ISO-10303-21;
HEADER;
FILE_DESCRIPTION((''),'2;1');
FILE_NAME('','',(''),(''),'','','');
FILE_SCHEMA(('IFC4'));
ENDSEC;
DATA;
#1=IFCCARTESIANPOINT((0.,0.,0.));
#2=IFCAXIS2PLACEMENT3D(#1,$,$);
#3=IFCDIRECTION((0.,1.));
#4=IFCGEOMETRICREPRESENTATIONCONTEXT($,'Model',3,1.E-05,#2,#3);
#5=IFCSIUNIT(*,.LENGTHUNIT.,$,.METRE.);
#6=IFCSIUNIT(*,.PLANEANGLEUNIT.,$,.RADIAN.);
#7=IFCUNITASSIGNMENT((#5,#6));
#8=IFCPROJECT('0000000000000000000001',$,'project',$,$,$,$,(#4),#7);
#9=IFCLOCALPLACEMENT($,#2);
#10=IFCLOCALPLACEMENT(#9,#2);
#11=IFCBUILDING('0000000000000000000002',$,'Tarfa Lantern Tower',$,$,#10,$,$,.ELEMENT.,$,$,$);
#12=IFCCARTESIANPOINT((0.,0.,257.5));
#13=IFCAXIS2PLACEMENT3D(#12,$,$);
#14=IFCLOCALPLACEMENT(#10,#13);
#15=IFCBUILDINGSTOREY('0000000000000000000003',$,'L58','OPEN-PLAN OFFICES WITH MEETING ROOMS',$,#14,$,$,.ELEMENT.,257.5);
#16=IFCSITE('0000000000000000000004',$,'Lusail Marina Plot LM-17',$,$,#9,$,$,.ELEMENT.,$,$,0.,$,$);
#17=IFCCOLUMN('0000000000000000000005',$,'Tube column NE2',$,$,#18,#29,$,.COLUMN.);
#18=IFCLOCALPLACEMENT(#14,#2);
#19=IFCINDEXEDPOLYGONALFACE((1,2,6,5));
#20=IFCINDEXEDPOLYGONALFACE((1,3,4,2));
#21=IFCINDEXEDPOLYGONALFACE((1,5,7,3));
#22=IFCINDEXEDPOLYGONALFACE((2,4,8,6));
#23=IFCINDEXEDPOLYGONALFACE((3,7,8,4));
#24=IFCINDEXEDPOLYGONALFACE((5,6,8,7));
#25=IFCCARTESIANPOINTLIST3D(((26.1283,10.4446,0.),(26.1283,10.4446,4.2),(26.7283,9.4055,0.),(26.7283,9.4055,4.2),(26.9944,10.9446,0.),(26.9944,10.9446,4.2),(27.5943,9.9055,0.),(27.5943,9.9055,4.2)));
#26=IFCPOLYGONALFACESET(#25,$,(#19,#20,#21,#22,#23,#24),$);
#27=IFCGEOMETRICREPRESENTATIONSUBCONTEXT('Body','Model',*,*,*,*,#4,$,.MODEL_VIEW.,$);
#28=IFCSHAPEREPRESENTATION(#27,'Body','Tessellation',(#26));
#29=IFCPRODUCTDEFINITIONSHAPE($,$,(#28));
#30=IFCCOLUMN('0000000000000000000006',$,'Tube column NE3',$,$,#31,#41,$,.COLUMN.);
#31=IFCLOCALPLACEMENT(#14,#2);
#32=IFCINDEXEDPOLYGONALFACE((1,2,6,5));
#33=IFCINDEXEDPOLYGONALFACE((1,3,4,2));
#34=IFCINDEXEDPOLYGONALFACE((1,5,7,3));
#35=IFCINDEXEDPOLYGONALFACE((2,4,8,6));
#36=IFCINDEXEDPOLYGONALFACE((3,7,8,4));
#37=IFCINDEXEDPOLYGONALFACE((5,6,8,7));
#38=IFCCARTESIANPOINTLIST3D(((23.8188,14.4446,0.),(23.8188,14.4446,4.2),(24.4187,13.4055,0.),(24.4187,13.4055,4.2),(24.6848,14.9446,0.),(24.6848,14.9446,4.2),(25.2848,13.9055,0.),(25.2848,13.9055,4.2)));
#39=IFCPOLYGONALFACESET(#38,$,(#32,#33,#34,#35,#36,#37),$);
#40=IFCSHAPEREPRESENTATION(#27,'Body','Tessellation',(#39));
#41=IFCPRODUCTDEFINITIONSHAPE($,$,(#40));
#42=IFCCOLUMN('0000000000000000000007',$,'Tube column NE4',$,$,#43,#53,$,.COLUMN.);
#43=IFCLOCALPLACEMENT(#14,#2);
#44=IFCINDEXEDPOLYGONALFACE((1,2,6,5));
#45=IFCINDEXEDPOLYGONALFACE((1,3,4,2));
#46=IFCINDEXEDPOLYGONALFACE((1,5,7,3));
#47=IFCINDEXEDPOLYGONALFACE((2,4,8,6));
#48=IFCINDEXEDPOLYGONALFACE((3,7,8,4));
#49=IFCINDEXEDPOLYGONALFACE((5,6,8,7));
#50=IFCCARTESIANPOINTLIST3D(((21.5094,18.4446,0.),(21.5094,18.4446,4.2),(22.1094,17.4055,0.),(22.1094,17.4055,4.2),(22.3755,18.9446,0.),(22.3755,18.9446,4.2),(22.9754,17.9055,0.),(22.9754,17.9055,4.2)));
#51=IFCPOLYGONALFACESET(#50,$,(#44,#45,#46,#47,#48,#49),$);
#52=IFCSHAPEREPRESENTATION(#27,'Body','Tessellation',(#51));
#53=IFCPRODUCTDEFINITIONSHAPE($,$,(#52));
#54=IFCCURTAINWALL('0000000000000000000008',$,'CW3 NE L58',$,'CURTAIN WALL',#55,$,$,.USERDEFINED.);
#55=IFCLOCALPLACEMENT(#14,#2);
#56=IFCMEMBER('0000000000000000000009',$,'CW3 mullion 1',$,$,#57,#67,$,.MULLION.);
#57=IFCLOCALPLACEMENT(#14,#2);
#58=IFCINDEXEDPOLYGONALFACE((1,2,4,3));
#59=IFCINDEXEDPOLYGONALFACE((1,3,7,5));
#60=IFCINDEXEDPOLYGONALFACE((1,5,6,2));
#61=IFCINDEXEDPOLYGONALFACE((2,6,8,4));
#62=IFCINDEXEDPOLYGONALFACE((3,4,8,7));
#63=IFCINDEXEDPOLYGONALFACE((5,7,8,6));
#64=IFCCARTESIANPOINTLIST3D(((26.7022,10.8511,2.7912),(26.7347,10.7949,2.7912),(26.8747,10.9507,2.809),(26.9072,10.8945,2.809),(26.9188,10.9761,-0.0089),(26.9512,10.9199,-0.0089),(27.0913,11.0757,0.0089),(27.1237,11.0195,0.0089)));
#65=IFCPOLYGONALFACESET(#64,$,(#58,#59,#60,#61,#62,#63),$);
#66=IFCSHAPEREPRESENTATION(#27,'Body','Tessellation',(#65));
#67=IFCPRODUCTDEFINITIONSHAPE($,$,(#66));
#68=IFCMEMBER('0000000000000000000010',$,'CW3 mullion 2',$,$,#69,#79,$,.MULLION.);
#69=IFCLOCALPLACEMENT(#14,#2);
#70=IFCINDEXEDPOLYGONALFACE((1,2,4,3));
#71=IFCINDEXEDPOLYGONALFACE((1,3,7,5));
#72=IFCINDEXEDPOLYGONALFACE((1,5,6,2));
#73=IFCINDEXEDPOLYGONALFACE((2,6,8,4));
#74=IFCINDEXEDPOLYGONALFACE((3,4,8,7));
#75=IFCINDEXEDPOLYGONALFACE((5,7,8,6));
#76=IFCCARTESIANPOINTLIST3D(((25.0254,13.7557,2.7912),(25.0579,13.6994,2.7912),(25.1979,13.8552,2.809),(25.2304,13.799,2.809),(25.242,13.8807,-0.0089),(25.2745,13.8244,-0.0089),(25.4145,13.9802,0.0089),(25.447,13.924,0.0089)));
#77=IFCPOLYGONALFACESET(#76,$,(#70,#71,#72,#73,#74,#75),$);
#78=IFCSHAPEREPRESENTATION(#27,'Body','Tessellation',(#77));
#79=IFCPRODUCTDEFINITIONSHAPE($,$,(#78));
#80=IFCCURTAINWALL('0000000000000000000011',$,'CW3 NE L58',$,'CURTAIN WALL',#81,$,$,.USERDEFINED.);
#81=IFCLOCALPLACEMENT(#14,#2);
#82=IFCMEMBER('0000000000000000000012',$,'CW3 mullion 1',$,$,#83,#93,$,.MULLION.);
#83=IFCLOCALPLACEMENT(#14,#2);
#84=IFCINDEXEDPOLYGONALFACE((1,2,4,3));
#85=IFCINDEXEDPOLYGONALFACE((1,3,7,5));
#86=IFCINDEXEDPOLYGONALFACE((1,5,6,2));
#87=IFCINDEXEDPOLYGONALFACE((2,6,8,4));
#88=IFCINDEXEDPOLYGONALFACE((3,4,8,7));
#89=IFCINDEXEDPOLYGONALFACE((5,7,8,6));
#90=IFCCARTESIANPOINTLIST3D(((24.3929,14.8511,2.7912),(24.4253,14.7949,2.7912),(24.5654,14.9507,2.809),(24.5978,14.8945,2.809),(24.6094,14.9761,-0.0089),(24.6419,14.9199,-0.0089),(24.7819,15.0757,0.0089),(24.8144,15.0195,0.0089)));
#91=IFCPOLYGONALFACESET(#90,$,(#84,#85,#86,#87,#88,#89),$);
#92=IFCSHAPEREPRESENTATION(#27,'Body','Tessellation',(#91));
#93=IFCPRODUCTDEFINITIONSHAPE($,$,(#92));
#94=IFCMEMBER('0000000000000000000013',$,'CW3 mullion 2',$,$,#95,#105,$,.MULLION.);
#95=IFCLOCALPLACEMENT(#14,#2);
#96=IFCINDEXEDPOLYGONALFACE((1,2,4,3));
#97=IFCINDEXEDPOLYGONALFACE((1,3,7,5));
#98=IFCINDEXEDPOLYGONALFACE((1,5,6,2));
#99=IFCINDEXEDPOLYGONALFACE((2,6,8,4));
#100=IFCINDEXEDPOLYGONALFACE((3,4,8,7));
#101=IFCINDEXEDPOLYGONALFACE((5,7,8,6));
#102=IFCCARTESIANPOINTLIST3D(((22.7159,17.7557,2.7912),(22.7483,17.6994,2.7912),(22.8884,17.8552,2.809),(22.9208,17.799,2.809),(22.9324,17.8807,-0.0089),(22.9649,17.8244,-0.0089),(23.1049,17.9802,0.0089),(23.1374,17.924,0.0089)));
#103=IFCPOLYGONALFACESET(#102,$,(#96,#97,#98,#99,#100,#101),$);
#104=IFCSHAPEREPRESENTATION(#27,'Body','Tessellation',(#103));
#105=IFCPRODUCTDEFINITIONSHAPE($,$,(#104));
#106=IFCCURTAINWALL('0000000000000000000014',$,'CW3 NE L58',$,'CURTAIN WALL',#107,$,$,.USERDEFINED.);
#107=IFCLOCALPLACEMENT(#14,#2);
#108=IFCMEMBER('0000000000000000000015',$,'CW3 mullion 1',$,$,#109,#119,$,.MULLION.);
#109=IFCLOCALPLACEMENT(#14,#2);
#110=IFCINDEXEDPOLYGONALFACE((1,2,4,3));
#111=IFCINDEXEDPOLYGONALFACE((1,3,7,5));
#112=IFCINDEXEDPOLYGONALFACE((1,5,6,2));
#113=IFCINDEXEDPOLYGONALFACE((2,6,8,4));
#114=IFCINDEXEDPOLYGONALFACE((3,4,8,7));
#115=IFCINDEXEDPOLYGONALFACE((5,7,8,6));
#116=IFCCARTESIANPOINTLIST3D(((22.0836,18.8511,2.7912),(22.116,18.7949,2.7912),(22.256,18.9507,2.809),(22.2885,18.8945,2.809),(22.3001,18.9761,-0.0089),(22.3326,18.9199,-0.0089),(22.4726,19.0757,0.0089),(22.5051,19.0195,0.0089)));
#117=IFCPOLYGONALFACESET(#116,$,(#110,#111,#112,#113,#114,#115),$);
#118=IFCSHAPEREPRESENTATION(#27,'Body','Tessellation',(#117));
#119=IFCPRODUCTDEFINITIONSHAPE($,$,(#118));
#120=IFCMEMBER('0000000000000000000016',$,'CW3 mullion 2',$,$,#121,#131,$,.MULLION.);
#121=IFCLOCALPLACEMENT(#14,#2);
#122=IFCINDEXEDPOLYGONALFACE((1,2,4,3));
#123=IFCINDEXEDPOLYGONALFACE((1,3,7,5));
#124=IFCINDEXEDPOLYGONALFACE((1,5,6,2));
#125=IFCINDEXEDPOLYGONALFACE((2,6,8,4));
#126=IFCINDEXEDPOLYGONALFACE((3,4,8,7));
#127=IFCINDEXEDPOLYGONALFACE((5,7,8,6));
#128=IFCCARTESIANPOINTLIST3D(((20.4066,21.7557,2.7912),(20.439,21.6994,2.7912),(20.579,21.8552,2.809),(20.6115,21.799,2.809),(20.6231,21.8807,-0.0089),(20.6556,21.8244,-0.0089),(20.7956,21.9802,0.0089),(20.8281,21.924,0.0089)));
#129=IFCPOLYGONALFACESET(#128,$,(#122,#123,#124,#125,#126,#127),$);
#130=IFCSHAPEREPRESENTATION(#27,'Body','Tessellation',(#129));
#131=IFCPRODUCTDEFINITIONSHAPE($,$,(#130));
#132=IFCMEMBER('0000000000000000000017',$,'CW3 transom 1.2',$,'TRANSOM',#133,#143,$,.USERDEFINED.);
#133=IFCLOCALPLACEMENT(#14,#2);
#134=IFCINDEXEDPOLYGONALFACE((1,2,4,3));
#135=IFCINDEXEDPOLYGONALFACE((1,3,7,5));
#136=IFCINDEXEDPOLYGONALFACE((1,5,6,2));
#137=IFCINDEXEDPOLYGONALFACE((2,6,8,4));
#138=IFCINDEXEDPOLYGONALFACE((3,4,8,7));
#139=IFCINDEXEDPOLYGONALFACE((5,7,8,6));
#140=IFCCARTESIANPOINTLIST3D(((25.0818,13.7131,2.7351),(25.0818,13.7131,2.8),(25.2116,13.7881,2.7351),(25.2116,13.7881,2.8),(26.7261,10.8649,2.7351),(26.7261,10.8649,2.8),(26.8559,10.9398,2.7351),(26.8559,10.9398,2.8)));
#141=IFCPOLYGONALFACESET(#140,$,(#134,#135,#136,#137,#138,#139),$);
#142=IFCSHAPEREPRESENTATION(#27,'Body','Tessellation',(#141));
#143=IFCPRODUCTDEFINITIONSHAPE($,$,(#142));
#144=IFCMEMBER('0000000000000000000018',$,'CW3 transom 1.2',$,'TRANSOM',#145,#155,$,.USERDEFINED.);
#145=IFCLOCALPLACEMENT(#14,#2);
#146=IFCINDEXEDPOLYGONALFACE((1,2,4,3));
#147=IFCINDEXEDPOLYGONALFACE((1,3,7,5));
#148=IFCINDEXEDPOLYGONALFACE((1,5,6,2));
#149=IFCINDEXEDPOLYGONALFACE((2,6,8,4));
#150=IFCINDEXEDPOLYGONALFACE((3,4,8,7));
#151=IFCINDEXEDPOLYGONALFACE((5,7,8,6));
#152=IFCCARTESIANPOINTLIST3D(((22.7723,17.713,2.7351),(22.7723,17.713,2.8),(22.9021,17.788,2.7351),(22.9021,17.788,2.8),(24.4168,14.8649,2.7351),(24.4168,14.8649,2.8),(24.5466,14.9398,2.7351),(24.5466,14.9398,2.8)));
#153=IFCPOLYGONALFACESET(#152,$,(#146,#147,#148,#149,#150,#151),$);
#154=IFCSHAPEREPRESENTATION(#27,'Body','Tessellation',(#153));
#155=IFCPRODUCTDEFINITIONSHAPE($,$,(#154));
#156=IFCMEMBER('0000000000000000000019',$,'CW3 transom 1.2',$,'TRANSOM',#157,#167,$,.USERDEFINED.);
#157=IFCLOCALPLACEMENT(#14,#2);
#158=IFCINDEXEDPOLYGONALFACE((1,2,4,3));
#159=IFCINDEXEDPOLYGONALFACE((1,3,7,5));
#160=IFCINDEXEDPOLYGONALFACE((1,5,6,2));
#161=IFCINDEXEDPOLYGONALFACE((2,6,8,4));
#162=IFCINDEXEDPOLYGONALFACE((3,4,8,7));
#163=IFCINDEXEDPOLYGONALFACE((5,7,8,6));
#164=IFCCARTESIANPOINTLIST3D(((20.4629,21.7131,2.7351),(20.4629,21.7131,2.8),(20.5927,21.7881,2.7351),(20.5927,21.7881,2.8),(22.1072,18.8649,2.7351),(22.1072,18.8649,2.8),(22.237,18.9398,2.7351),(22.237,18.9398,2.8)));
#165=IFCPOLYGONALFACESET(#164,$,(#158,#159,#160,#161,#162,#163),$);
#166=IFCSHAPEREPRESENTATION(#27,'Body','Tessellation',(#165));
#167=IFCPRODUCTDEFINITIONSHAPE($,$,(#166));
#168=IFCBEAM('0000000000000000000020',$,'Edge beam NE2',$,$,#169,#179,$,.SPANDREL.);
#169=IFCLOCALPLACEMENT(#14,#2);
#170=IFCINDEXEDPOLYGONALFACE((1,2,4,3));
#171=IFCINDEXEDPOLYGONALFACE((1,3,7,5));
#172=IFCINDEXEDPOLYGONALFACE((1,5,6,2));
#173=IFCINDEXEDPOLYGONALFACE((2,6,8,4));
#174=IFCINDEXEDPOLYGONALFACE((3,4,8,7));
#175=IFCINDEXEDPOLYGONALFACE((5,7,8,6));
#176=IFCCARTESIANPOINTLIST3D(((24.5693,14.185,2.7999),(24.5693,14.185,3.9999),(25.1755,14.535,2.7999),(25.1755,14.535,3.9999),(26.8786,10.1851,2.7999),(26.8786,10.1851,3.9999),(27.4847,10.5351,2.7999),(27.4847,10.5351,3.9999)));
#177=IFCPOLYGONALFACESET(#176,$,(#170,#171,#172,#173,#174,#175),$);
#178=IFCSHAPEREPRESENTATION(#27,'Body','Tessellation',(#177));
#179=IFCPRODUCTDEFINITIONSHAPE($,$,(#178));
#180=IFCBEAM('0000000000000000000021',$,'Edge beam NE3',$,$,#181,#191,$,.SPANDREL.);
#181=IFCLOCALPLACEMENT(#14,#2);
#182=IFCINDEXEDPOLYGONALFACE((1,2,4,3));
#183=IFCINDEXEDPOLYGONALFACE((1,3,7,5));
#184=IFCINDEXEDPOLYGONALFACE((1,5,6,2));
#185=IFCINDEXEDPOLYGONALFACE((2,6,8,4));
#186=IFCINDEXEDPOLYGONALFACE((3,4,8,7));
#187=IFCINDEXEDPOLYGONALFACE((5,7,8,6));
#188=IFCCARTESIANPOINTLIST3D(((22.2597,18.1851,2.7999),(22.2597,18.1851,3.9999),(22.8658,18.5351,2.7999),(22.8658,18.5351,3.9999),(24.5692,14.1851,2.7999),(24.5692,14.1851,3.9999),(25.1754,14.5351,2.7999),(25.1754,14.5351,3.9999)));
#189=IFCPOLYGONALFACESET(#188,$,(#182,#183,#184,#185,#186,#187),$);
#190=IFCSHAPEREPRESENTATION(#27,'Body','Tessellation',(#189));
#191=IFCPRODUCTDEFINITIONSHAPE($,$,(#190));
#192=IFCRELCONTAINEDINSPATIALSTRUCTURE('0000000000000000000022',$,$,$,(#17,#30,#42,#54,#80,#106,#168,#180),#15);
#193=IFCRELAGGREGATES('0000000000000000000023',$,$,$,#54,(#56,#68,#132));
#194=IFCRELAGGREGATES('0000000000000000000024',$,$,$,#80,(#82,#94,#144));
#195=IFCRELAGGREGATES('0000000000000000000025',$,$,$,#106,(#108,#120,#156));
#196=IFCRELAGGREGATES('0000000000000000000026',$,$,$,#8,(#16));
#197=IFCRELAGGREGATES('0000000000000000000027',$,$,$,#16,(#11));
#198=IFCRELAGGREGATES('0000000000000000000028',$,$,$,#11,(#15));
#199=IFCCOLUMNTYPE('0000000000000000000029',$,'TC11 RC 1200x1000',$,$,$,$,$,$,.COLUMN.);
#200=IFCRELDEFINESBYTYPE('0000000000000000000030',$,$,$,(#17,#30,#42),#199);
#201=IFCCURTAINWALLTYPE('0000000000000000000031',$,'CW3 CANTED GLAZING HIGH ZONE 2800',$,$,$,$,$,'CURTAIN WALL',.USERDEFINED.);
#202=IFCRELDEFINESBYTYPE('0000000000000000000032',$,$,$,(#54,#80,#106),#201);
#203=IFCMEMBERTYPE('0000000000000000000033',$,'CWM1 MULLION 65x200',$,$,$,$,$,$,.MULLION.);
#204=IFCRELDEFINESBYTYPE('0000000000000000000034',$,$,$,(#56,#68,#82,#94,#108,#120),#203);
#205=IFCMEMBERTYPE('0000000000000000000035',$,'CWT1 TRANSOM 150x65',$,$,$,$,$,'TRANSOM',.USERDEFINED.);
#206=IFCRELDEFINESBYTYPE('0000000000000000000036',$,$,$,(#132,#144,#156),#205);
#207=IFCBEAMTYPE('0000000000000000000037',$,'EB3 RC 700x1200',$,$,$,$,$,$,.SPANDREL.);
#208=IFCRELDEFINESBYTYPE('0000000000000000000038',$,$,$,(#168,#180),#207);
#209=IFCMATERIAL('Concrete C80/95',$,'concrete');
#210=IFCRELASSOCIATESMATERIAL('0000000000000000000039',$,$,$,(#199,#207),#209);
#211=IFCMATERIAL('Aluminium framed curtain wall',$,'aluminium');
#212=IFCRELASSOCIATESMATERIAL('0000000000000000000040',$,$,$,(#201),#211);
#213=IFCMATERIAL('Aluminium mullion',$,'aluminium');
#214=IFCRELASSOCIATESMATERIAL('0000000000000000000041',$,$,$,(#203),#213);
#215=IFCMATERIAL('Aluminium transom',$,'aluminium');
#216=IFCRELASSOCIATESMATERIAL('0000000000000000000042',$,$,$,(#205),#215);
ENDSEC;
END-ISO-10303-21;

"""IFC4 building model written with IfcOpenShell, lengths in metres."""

from ifc_helpers import new_model, si_unit, direction, frame, origin, origin_2d, place, context, subcontext, project, spatial, rectangle, extrude, material, material_profile, profile_set, type_object, element, aggregate, save


model = new_model("IFC4")

# Units and contexts
model_context = context("Model", 3, precision=1e-05, world=origin(), true_north=direction((0.0, 1.0)))
body_context = subcontext(model_context, "Body", "Model", "MODEL_VIEW")
ifc_project = project(units=[si_unit("LENGTHUNIT", "METRE"), si_unit("PLANEANGLEUNIT", "RADIAN")], contexts=[model_context])

# Site, building, storey
site_placement = place(None, origin())
site = spatial("IfcSite", under=ifc_project, at=site_placement, Name="Lusail Marina Plot LM-17", CompositionType="ELEMENT", RefElevation=0.0)
building_placement = place(site_placement, origin())
building = spatial("IfcBuilding", under=site, at=building_placement, Name="Tarfa Lantern Tower", CompositionType="ELEMENT")
storey_placement = place(building_placement, frame((0.0, 0.0, 257.5)))
storey = spatial("IfcBuildingStorey", under=building, at=storey_placement, Name="L58", Description="OPEN-PLAN OFFICES WITH MEETING ROOMS", CompositionType="ELEMENT", Elevation=257.5)

# Columns
ifc_material_1 = material(Name="Concrete C80/95", Category="concrete")
ifc_material_profile_1 = material_profile(ifc_material_1, rectangle(XDim=1.2, YDim=1.0, at=origin_2d()), Name="RC 1200x1000")
ifc_profile_set_1 = profile_set([ifc_material_profile_1], Name="Concrete C80/95")
column_type = type_object("IfcColumnType", Name="TC11 RC 1200x1000", PredefinedType="COLUMN", material=ifc_profile_set_1)
for number, where, z_axis, x_axis, name in (
    (1, (26.8613, 10.175, 0.0), (0.0, 0.0, 1.0), (-0.5, 0.866025, 0.0), "Tube column NE2"),
    (2, (24.5518, 14.175, 0.0), (0.0, 0.0, 1.0), (-0.5, 0.866025, 0.0), "Tube column NE3"),
    (3, (22.2424, 18.175, 0.0), (0.0, 0.0, 1.0), (-0.5, 0.866025, 0.0), "Tube column NE4"),
):
    element("IfcColumn", number, at=place(storey_placement, frame(where, z_axis=z_axis, x_axis=x_axis)), inside=storey, type_object=column_type, Name=name, PredefinedType="COLUMN", context=body_context, shape_type="SweptSolid", body=[
        extrude(rectangle(XDim=1.2, YDim=1.0, at=origin_2d()), origin(), (0.0, 0.0, 1.0), 4.2),
    ])

# Curtain walls, members
ifc_material_2 = material(Name="Aluminium framed curtain wall", Category="aluminium")
curtain_wall_type = type_object("IfcCurtainWallType", Name="CW3 CANTED GLAZING HIGH ZONE 2800", ElementType="CURTAIN WALL", PredefinedType="USERDEFINED", material=ifc_material_2)
curtain_wall_1_placement = place(storey_placement, origin())
curtain_wall_1 = element("IfcCurtainWall", 4, at=curtain_wall_1_placement, inside=storey, type_object=curtain_wall_type, Name="CW3 NE L58", ObjectType="CURTAIN WALL", PredefinedType="USERDEFINED")
ifc_material_3 = material(Name="Aluminium mullion", Category="aluminium")
ifc_material_profile_2 = material_profile(ifc_material_3, rectangle(XDim=0.0649, YDim=0.2, at=origin_2d()), Name="AL MULLION 65x200")
ifc_profile_set_2 = profile_set([ifc_material_profile_2], Name="Aluminium mullion")
member_type_1 = type_object("IfcMemberType", Name="CWM1 MULLION 65x200", PredefinedType="MULLION", material=ifc_profile_set_2)
member_1_placement = place(storey_placement, frame((27.0212, 10.9978, 0.0), z_axis=(-0.077032, -0.044465, 0.996037), x_axis=(0.49992, -0.866072, 0.0)))
member_1 = element("IfcMember", 5, at=member_1_placement, type_object=member_type_1, Name="CW3 mullion 1", PredefinedType="MULLION", context=body_context, shape_type="SweptSolid", body=[
    extrude(rectangle(XDim=0.0649, YDim=0.2, at=origin_2d()), origin(), (0.0, 0.0, 1.0), 2.8113),
])
member_2_placement = place(storey_placement, frame((25.3445, 13.9023, 0.0), z_axis=(-0.077032, -0.044465, 0.996037), x_axis=(0.49992, -0.866072, 0.0)))
member_2 = element("IfcMember", 6, at=member_2_placement, type_object=member_type_1, Name="CW3 mullion 2", PredefinedType="MULLION", context=body_context, shape_type="SweptSolid", body=[
    extrude(rectangle(XDim=0.0649, YDim=0.2, at=origin_2d()), origin(), (0.0, 0.0, 1.0), 2.8113),
])
curtain_wall_2_placement = place(storey_placement, origin())
curtain_wall_2 = element("IfcCurtainWall", 7, at=curtain_wall_2_placement, inside=storey, type_object=curtain_wall_type, Name="CW3 NE L58", ObjectType="CURTAIN WALL", PredefinedType="USERDEFINED")
member_3_placement = place(storey_placement, frame((24.7119, 14.9978, 0.0), z_axis=(-0.077032, -0.044465, 0.996037), x_axis=(0.49992, -0.866072, 0.0)))
member_3 = element("IfcMember", 8, at=member_3_placement, type_object=member_type_1, Name="CW3 mullion 1", PredefinedType="MULLION", context=body_context, shape_type="SweptSolid", body=[
    extrude(rectangle(XDim=0.0649, YDim=0.2, at=origin_2d()), origin(), (0.0, 0.0, 1.0), 2.8113),
])
member_4_placement = place(storey_placement, frame((23.0349, 17.9023, 0.0), z_axis=(-0.077032, -0.044465, 0.996037), x_axis=(0.49992, -0.866072, 0.0)))
member_4 = element("IfcMember", 9, at=member_4_placement, type_object=member_type_1, Name="CW3 mullion 2", PredefinedType="MULLION", context=body_context, shape_type="SweptSolid", body=[
    extrude(rectangle(XDim=0.0649, YDim=0.2, at=origin_2d()), origin(), (0.0, 0.0, 1.0), 2.8113),
])
curtain_wall_3_placement = place(storey_placement, origin())
curtain_wall_3 = element("IfcCurtainWall", 10, at=curtain_wall_3_placement, inside=storey, type_object=curtain_wall_type, Name="CW3 NE L58", ObjectType="CURTAIN WALL", PredefinedType="USERDEFINED")
member_5_placement = place(storey_placement, frame((22.4026, 18.9978, 0.0), z_axis=(-0.077032, -0.044465, 0.996037), x_axis=(0.49992, -0.866072, 0.0)))
member_5 = element("IfcMember", 11, at=member_5_placement, type_object=member_type_1, Name="CW3 mullion 1", PredefinedType="MULLION", context=body_context, shape_type="SweptSolid", body=[
    extrude(rectangle(XDim=0.0649, YDim=0.2, at=origin_2d()), origin(), (0.0, 0.0, 1.0), 2.8113),
])
member_6_placement = place(storey_placement, frame((20.7256, 21.9023, 0.0), z_axis=(-0.077032, -0.044465, 0.996037), x_axis=(0.49992, -0.866072, 0.0)))
member_6 = element("IfcMember", 12, at=member_6_placement, type_object=member_type_1, Name="CW3 mullion 2", PredefinedType="MULLION", context=body_context, shape_type="SweptSolid", body=[
    extrude(rectangle(XDim=0.0649, YDim=0.2, at=origin_2d()), origin(), (0.0, 0.0, 1.0), 2.8113),
])

# Members
ifc_material_4 = material(Name="Aluminium transom", Category="aluminium")
ifc_material_profile_3 = material_profile(ifc_material_4, rectangle(XDim=0.1499, YDim=0.0649, at=origin_2d()), Name="AL TRANSOM 150x65")
ifc_profile_set_3 = profile_set([ifc_material_profile_3], Name="Aluminium transom")
member_type_2 = type_object("IfcMemberType", Name="CWT1 TRANSOM 150x65", ElementType="TRANSOM", PredefinedType="USERDEFINED", material=ifc_profile_set_3)
member_7_placement = place(storey_placement, frame((26.791, 10.9023, 2.7676), z_axis=(-0.499979, 0.866037, 0.0), x_axis=(-0.866037, -0.499979, 0.0)))
member_7 = element("IfcMember", 13, at=member_7_placement, type_object=member_type_2, Name="CW3 transom 1.2", ObjectType="TRANSOM", PredefinedType="USERDEFINED", context=body_context, shape_type="SweptSolid", body=[
    extrude(rectangle(XDim=0.1499, YDim=0.0649, at=origin_2d()), origin(), (0.0, 0.0, 1.0), 3.2888),
])
member_8_placement = place(storey_placement, frame((24.4817, 14.9023, 2.7676), z_axis=(-0.500035, 0.866005, 0.0), x_axis=(-0.866005, -0.500035, 0.0)))
member_8 = element("IfcMember", 14, at=member_8_placement, type_object=member_type_2, Name="CW3 transom 1.2", ObjectType="TRANSOM", PredefinedType="USERDEFINED", context=body_context, shape_type="SweptSolid", body=[
    extrude(rectangle(XDim=0.1499, YDim=0.0649, at=origin_2d()), origin(), (0.0, 0.0, 1.0), 3.2888),
])
member_9_placement = place(storey_placement, frame((22.1721, 18.9023, 2.7676), z_axis=(-0.499979, 0.866037, 0.0), x_axis=(-0.866037, -0.499979, 0.0)))
member_9 = element("IfcMember", 15, at=member_9_placement, type_object=member_type_2, Name="CW3 transom 1.2", ObjectType="TRANSOM", PredefinedType="USERDEFINED", context=body_context, shape_type="SweptSolid", body=[
    extrude(rectangle(XDim=0.1499, YDim=0.0649, at=origin_2d()), origin(), (0.0, 0.0, 1.0), 3.2888),
])

# Beams
ifc_material_profile_4 = material_profile(ifc_material_1, rectangle(XDim=0.7, YDim=1.2, at=origin_2d()), Name="RC 700x1200")
ifc_profile_set_4 = profile_set([ifc_material_profile_4], Name="Concrete C80/95")
beam_type_1 = type_object("IfcBeamType", Name="EB3 RC 700x1200", PredefinedType="SPANDREL", material=ifc_profile_set_4)
beam_1_placement = place(storey_placement, frame((27.1816, 10.3601, 3.3999), z_axis=(-0.499988, 0.866032, 0.0), x_axis=(-0.866032, -0.499988, 0.0)))
element("IfcBeam", 16, at=beam_1_placement, inside=storey, type_object=beam_type_1, Name="Edge beam NE2", PredefinedType="SPANDREL", context=body_context, shape_type="SweptSolid", body=[
    extrude(rectangle(XDim=0.7, YDim=1.2, at=origin_2d()), origin(), (0.0, 0.0, 1.0), 4.6187),
])
beam_2_placement = place(storey_placement, frame((24.8723, 14.3601, 3.3999), z_axis=(-0.500027, 0.86601, 0.0), x_axis=(-0.86601, -0.500027, 0.0)))
element("IfcBeam", 17, at=beam_2_placement, inside=storey, type_object=beam_type_1, Name="Edge beam NE3", PredefinedType="SPANDREL", context=body_context, shape_type="SweptSolid", body=[
    extrude(rectangle(XDim=0.7, YDim=1.2, at=origin_2d()), origin(), (0.0, 0.0, 1.0), 4.6189),
])

aggregate(curtain_wall_1, [member_1, member_2, member_7])
aggregate(curtain_wall_2, [member_3, member_4, member_8])
aggregate(curtain_wall_3, [member_5, member_6, member_9])

save(model, "model.ifc")
